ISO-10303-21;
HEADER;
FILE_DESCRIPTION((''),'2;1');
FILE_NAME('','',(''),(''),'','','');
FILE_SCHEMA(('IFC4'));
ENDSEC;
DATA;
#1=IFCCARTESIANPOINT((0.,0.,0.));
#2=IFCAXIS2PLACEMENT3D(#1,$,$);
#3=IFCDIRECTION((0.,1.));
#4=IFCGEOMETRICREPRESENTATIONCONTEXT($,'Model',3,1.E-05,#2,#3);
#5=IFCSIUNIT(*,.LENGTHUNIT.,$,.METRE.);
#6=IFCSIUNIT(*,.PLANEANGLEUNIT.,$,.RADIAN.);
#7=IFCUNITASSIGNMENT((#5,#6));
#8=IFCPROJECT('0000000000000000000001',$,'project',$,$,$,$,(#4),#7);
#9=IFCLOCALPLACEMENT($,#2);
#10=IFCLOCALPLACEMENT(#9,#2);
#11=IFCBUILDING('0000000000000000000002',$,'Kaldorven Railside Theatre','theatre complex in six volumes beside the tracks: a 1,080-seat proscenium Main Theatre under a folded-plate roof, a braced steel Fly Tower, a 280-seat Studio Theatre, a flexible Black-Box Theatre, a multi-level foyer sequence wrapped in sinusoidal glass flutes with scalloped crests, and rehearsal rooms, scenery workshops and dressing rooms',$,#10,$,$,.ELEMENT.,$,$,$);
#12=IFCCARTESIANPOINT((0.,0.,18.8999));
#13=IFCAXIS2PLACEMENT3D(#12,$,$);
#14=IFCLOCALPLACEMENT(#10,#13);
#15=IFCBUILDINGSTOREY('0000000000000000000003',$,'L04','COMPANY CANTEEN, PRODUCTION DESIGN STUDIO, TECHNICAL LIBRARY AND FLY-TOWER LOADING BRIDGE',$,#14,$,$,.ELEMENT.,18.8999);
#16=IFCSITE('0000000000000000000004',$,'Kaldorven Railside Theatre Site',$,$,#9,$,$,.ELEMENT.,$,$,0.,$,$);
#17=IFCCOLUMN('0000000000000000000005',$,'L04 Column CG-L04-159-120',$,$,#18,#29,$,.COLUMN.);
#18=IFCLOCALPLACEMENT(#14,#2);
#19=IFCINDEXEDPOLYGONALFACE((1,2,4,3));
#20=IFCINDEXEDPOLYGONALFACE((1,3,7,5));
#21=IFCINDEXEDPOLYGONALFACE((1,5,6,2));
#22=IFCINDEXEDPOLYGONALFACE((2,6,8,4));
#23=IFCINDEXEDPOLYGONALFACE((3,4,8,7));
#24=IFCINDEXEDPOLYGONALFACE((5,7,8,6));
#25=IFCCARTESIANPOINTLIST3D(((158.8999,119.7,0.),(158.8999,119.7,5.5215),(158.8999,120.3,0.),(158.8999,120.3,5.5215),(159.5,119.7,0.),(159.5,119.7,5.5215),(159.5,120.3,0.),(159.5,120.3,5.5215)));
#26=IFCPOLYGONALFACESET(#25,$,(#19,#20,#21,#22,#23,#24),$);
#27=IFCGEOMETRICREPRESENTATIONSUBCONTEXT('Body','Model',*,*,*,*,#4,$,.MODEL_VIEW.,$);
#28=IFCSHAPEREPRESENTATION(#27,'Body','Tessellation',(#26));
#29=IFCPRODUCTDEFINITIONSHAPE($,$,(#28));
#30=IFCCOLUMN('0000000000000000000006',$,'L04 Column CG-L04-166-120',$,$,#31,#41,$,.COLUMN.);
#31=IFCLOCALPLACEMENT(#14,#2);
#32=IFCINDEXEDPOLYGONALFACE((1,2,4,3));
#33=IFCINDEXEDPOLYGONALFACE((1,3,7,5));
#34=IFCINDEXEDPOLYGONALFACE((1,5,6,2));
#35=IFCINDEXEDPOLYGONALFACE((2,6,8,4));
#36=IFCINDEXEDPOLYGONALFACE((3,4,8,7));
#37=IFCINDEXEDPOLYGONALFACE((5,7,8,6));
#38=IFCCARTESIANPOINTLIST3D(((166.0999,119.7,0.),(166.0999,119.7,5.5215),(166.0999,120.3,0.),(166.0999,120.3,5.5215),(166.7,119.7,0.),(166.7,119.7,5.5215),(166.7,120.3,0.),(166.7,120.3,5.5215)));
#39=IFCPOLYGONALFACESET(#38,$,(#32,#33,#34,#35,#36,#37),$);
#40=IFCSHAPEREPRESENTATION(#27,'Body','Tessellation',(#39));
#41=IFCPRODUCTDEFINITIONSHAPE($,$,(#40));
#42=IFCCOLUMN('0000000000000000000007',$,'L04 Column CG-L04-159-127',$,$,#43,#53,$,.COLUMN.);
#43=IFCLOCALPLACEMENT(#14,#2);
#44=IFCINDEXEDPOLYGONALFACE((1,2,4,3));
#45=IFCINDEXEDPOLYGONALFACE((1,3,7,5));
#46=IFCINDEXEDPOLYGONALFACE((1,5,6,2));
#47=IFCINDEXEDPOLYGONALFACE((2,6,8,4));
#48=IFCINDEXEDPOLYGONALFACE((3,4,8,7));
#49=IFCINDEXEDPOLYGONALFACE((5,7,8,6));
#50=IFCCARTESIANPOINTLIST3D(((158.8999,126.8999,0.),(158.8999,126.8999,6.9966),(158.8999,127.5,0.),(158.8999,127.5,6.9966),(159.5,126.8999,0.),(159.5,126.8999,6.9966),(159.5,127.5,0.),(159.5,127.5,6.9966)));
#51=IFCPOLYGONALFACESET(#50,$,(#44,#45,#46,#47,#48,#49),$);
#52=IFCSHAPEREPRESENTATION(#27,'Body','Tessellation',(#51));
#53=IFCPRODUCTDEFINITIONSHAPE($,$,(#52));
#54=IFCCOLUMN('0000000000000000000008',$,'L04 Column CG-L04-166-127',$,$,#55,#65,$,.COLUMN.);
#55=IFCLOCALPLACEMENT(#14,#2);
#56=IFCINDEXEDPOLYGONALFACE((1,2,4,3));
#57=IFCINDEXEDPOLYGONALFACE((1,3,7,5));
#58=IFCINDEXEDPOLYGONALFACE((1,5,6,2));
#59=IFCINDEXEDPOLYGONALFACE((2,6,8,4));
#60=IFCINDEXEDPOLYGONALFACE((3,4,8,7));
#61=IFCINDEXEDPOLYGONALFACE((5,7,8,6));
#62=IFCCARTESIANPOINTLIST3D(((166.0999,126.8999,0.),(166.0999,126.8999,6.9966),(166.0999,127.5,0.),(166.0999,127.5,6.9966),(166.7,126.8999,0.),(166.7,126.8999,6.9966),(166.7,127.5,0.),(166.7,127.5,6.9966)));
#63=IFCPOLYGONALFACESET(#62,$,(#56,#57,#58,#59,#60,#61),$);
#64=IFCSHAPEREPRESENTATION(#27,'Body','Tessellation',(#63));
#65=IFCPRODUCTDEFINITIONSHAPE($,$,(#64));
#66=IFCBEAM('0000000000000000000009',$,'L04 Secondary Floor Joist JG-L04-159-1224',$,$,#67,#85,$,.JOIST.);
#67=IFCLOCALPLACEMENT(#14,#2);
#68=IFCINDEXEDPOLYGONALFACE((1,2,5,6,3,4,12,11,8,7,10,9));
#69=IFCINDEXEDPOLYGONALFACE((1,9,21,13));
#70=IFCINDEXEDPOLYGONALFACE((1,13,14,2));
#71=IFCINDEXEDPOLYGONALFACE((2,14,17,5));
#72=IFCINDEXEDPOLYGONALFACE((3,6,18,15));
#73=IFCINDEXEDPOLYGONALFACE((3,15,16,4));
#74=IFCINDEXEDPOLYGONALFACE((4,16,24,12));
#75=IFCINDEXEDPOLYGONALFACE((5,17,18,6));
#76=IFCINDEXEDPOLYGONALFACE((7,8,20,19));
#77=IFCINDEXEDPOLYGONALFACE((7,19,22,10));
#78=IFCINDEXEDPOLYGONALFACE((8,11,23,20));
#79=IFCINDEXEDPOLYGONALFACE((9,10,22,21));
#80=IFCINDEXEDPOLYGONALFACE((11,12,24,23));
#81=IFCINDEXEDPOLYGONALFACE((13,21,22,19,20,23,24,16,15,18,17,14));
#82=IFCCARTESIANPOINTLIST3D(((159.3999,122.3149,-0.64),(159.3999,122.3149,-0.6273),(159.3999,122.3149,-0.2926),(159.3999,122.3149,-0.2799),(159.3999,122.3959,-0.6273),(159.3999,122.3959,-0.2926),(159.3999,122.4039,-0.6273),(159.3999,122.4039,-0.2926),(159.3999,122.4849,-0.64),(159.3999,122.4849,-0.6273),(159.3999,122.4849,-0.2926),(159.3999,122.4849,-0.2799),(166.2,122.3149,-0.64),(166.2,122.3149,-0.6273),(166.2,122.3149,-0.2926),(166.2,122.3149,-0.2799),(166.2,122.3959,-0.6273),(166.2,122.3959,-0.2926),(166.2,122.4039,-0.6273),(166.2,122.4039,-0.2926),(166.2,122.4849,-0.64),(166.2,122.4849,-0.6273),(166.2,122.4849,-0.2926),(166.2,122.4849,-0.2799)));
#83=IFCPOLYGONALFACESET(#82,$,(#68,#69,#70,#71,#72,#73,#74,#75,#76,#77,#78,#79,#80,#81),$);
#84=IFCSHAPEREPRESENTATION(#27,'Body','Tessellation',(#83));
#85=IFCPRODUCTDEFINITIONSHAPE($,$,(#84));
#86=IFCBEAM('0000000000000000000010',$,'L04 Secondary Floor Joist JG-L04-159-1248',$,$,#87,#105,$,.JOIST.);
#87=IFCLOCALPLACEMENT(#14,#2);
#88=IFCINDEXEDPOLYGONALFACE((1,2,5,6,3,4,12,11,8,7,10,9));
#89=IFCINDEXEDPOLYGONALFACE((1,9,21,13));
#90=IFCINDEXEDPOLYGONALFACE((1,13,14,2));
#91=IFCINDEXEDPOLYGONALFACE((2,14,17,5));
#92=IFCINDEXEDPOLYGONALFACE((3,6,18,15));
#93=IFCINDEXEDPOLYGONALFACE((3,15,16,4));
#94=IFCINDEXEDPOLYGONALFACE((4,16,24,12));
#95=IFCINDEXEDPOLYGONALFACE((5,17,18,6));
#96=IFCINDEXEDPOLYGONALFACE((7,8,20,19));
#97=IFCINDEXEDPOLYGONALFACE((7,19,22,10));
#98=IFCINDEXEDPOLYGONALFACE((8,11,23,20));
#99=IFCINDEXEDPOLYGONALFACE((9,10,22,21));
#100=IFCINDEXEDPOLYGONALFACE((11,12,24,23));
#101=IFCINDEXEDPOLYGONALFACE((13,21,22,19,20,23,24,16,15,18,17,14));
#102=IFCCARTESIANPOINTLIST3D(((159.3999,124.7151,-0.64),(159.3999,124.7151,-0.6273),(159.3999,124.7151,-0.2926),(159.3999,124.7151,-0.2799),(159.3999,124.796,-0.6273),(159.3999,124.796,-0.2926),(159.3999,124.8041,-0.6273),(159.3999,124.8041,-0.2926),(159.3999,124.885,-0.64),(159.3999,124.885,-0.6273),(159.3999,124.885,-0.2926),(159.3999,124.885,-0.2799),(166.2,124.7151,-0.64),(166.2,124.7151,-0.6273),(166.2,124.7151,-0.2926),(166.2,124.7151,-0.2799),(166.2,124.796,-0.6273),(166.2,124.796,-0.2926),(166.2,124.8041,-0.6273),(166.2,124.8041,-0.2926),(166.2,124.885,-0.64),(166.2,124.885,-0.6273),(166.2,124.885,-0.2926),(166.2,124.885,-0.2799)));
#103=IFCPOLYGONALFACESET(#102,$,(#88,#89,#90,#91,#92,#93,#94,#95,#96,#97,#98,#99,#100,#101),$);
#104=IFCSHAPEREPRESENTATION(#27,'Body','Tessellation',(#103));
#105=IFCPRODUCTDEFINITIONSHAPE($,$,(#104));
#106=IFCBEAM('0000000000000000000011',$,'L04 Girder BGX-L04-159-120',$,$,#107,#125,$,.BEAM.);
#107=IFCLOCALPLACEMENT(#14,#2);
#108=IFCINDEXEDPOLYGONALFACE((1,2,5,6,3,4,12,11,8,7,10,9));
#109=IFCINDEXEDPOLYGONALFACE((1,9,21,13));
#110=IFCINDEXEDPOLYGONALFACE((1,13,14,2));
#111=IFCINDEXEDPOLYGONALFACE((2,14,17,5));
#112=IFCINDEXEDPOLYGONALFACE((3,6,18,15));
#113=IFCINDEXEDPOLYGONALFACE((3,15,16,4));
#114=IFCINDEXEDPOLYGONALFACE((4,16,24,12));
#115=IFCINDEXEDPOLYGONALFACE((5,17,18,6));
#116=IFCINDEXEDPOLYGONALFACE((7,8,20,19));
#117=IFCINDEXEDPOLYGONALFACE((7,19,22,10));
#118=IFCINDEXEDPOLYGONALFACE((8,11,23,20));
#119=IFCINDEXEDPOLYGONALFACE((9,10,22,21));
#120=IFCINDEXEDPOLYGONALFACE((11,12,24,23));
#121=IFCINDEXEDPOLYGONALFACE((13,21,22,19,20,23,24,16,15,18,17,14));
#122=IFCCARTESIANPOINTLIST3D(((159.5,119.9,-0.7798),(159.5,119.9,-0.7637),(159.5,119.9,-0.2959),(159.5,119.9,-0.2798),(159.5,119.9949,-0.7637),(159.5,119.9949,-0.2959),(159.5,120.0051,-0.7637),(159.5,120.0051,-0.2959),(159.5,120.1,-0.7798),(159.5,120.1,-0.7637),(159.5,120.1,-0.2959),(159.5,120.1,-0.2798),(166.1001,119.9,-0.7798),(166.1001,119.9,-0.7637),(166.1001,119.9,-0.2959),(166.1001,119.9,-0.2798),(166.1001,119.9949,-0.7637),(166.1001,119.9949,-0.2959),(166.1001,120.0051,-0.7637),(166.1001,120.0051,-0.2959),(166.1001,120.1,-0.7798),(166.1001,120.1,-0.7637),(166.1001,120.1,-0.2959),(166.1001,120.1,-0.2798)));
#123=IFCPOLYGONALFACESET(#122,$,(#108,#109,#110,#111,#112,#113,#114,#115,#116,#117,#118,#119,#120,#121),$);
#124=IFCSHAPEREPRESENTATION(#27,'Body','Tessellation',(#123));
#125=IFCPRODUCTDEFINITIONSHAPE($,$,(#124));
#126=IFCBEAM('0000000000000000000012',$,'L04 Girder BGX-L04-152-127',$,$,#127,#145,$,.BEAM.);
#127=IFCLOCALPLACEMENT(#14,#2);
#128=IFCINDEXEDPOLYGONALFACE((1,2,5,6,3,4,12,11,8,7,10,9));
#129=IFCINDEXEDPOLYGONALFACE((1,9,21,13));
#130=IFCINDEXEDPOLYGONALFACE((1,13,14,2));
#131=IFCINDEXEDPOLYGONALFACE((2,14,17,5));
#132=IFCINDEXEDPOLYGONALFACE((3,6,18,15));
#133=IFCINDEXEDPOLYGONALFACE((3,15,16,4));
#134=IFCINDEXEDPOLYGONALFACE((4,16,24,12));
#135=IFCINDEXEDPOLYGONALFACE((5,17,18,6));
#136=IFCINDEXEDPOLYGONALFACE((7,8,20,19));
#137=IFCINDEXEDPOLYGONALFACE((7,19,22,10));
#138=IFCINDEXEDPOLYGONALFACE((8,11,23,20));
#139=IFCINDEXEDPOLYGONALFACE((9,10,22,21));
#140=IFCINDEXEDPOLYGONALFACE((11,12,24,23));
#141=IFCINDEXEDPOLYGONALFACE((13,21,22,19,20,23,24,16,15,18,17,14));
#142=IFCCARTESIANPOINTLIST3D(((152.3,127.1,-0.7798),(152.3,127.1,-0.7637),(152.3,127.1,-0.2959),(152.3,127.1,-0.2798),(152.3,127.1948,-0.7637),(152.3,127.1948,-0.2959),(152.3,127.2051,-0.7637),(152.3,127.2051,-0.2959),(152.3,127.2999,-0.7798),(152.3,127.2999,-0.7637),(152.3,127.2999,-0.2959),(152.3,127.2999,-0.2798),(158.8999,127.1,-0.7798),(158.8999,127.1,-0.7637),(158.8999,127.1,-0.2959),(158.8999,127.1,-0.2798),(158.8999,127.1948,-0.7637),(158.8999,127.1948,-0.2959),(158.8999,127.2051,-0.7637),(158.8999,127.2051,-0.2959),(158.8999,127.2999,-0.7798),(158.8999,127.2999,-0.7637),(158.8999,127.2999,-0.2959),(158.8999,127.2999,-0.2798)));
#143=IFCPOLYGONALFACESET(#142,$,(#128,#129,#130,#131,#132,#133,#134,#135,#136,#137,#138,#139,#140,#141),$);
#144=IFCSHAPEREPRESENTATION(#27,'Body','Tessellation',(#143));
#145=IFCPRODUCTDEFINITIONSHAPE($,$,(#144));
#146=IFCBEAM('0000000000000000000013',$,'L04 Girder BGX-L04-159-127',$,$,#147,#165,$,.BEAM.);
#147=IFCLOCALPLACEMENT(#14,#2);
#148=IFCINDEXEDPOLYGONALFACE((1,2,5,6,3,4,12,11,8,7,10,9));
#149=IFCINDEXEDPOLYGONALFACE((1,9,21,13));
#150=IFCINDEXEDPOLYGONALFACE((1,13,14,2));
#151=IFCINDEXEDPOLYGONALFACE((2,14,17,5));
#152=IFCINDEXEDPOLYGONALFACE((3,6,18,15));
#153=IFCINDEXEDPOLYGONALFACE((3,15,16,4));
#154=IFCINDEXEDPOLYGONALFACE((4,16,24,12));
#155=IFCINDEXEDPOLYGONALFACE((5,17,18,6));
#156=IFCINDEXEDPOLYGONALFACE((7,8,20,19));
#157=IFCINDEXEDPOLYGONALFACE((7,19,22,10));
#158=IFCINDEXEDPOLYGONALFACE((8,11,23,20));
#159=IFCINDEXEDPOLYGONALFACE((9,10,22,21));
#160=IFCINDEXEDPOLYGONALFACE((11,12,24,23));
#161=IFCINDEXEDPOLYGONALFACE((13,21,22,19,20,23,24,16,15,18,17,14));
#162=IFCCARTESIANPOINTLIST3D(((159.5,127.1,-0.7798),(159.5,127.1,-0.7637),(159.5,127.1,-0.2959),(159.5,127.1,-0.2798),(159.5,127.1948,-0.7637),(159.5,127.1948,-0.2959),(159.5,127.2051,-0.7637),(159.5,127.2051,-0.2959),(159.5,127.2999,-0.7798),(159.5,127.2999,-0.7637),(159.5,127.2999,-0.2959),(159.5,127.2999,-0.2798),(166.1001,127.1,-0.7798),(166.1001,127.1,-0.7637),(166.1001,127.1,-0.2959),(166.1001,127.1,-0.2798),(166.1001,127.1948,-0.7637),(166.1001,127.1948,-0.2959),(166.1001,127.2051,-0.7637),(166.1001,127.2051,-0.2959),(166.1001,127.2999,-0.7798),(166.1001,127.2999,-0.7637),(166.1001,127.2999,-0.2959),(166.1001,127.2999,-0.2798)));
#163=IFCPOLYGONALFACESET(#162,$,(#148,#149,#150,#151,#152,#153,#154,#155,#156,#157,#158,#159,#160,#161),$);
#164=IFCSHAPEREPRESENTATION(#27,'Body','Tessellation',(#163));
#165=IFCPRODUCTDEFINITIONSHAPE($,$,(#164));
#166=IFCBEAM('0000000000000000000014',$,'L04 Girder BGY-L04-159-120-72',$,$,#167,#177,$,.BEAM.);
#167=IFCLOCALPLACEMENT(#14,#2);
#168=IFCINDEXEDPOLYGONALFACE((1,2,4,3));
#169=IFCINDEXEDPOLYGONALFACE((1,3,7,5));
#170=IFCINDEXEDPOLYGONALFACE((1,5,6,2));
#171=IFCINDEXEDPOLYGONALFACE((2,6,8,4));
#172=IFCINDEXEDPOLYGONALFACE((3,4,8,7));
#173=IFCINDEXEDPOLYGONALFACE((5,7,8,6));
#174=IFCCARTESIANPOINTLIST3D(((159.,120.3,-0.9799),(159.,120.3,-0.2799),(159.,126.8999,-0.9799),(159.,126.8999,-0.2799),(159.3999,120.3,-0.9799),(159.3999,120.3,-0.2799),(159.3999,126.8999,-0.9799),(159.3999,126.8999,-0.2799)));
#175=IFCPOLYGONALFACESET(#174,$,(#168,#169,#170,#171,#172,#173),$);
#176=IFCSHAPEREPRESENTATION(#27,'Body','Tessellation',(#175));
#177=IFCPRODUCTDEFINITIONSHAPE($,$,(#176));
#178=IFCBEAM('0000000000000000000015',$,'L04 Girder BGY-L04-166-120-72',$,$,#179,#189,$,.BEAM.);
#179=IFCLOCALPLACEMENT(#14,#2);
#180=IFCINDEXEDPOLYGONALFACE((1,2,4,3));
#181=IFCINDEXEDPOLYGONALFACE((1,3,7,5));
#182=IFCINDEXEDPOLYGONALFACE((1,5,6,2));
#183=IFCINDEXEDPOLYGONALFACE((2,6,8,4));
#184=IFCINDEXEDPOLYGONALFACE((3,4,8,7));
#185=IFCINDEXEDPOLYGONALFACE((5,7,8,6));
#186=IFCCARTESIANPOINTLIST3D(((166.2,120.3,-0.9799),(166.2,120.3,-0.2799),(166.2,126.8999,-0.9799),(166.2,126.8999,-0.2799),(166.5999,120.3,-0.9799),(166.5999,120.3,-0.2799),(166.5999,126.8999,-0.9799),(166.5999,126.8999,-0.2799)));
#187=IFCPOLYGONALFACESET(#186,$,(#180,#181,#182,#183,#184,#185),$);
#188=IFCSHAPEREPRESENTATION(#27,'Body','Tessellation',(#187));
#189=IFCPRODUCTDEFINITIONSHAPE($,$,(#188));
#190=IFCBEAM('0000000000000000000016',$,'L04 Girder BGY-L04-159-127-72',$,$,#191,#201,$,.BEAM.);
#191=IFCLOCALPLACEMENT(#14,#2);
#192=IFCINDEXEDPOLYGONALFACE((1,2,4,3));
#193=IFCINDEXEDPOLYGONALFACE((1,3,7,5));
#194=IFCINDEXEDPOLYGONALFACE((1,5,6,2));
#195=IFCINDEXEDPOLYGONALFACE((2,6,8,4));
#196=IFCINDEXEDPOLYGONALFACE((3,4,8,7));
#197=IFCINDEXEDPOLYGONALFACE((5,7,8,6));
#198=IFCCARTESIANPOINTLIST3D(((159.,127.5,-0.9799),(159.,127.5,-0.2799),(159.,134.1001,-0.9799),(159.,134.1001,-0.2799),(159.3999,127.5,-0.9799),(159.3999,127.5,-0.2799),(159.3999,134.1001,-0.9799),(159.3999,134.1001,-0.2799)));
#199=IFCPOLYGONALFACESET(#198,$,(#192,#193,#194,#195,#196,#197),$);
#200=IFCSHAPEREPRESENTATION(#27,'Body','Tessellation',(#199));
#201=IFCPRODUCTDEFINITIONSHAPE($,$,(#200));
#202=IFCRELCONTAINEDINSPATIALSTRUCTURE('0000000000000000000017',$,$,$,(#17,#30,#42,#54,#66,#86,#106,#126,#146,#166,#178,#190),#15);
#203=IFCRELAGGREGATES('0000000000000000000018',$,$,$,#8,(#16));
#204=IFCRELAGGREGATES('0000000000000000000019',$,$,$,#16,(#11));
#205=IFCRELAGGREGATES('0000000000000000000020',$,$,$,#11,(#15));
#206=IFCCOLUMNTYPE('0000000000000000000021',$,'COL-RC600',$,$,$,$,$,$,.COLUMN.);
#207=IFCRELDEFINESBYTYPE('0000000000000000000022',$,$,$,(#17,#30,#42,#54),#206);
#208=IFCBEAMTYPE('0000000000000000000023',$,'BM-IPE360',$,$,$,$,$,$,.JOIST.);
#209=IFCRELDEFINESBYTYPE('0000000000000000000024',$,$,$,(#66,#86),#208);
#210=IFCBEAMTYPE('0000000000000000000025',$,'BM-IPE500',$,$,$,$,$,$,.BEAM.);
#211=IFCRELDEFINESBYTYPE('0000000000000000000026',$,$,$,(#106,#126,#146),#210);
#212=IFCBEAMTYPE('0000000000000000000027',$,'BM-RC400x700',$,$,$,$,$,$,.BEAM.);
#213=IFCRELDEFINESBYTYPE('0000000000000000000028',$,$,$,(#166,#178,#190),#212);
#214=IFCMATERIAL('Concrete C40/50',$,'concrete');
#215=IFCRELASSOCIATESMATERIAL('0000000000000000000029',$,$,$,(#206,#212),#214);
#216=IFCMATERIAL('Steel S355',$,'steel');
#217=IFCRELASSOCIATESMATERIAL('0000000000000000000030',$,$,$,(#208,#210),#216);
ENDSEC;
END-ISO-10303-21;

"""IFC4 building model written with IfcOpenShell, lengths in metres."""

from ifc_helpers import new_model, si_unit, direction, frame, origin, origin_2d, place, context, subcontext, project, spatial, rectangle, i_section, extrude, material, material_profile, profile_set, type_object, element, save


model = new_model("IFC4")

# Units and contexts
model_context = context("Model", 3, precision=1e-05, world=origin(), true_north=direction((0.0, 1.0)))
body_context = subcontext(model_context, "Body", "Model", "MODEL_VIEW")
ifc_project = project(units=[si_unit("LENGTHUNIT", "METRE"), si_unit("PLANEANGLEUNIT", "RADIAN")], contexts=[model_context])

# Site, building, storey
site_placement = place(None, origin())
site = spatial("IfcSite", under=ifc_project, at=site_placement, Name="Kaldorven Railside Theatre Site", CompositionType="ELEMENT", RefElevation=0.0)
building_placement = place(site_placement, origin())
building = spatial("IfcBuilding", under=site, at=building_placement, Name="Kaldorven Railside Theatre", Description="theatre complex in six volumes beside the tracks: a 1,080-seat proscenium Main Theatre under a folded-plate roof, a braced steel Fly Tower, a 280-seat Studio Theatre, a flexible Black-Box Theatre, a multi-level foyer sequence wrapped in sinusoidal glass flutes with scalloped crests, and rehearsal rooms, scenery workshops and dressing rooms", CompositionType="ELEMENT")
storey_placement = place(building_placement, frame((0.0, 0.0, 18.8999)))
storey = spatial("IfcBuildingStorey", under=building, at=storey_placement, Name="L04", Description="COMPANY CANTEEN, PRODUCTION DESIGN STUDIO, TECHNICAL LIBRARY AND FLY-TOWER LOADING BRIDGE", CompositionType="ELEMENT", Elevation=18.8999)

# Columns
ifc_material_1 = material(Name="Concrete C40/50", Category="concrete")
ifc_material_profile_1 = material_profile(ifc_material_1, rectangle(XDim=0.6001, YDim=0.6001, at=origin_2d()), Name="RC 600x600")
ifc_profile_set_1 = profile_set([ifc_material_profile_1], Name="Concrete C40/50")
column_type = type_object("IfcColumnType", Name="COL-RC600", PredefinedType="COLUMN", material=ifc_profile_set_1)
for number, where, z_axis, x_axis, name in (
    (1, (159.2, 120.0, 0.0), (0.0, 0.0, 1.0), (0.0, 1.0, 0.0), "L04 Column CG-L04-159-120"),
    (2, (166.3999, 120.0, 0.0), (0.0, 0.0, 1.0), (1.0, 0.0, 0.0), "L04 Column CG-L04-166-120"),
):
    element("IfcColumn", number, at=place(storey_placement, frame(where, z_axis=z_axis, x_axis=x_axis)), inside=storey, type_object=column_type, Name=name, PredefinedType="COLUMN", context=body_context, shape_type="SweptSolid", body=[
        extrude(rectangle(XDim=0.6001, YDim=0.6001, at=origin_2d()), origin(), (0.0, 0.0, 1.0), 5.5215),
    ])
for number, where, z_axis, x_axis, name in (
    (3, (159.2, 127.2, 0.0), (0.0, 0.0, 1.0), (1.0, 0.0, 0.0), "L04 Column CG-L04-159-127"),
    (4, (166.3999, 127.2, 0.0), (0.0, 0.0, 1.0), (0.0, 1.0, 0.0), "L04 Column CG-L04-166-127"),
):
    element("IfcColumn", number, at=place(storey_placement, frame(where, z_axis=z_axis, x_axis=x_axis)), inside=storey, type_object=column_type, Name=name, PredefinedType="COLUMN", context=body_context, shape_type="SweptSolid", body=[
        extrude(rectangle(XDim=0.6001, YDim=0.6001, at=origin_2d()), origin(), (0.0, 0.0, 1.0), 6.9966),
    ])

# Beams
ifc_material_2 = material(Name="Steel S355", Category="steel")
ifc_material_profile_2 = material_profile(ifc_material_2, i_section(OverallWidth=0.1699, OverallDepth=0.3601, WebThickness=0.0081, FlangeThickness=0.0127, at=origin_2d()), Name="IPE 360")
ifc_profile_set_2 = profile_set([ifc_material_profile_2], Name="Steel S355")
beam_type_1 = type_object("IfcBeamType", Name="BM-IPE360", PredefinedType="JOIST", material=ifc_profile_set_2)
for number, where, z_axis, x_axis, name in (
    (5, (159.3999, 122.3999, -0.46), (1.0, 0.0, 0.0), (0.0, 1.0, 0.0), "L04 Secondary Floor Joist JG-L04-159-1224"),
    (6, (159.3999, 124.8, -0.46), (1.0, 0.0, 0.0), (0.0, 1.0, 0.0), "L04 Secondary Floor Joist JG-L04-159-1248"),
):
    element("IfcBeam", number, at=place(storey_placement, frame(where, z_axis=z_axis, x_axis=x_axis)), inside=storey, type_object=beam_type_1, Name=name, PredefinedType="JOIST", context=body_context, shape_type="SweptSolid", body=[
        extrude(i_section(OverallWidth=0.1699, OverallDepth=0.3601, WebThickness=0.0081, FlangeThickness=0.0127, at=origin_2d()), origin(), (0.0, 0.0, 1.0), 6.8),
    ])
ifc_material_profile_3 = material_profile(ifc_material_2, i_section(OverallWidth=0.2, OverallDepth=0.5, WebThickness=0.0103, FlangeThickness=0.0161, at=origin_2d()), Name="IPE 500")
ifc_profile_set_3 = profile_set([ifc_material_profile_3], Name="Steel S355")
beam_type_2 = type_object("IfcBeamType", Name="BM-IPE500", PredefinedType="BEAM", material=ifc_profile_set_3)
beam_1_placement = place(storey_placement, frame((159.5, 120.0, -0.5298), z_axis=(1.0, 0.0, 0.0), x_axis=(0.0, 1.0, 0.0)))
element("IfcBeam", 7, at=beam_1_placement, inside=storey, type_object=beam_type_2, Name="L04 Girder BGX-L04-159-120", PredefinedType="BEAM", context=body_context, shape_type="SweptSolid", body=[
    extrude(i_section(OverallWidth=0.2, OverallDepth=0.5, WebThickness=0.0103, FlangeThickness=0.0161, at=origin_2d()), origin(), (0.0, 0.0, 1.0), 6.6001),
])
beam_2_placement = place(storey_placement, frame((152.3, 127.2, -0.5298), z_axis=(1.0, 0.0, 0.0), x_axis=(0.0, 1.0, 0.0)))
element("IfcBeam", 8, at=beam_2_placement, inside=storey, type_object=beam_type_2, Name="L04 Girder BGX-L04-152-127", PredefinedType="BEAM", context=body_context, shape_type="SweptSolid", body=[
    extrude(i_section(OverallWidth=0.2, OverallDepth=0.5, WebThickness=0.0103, FlangeThickness=0.0161, at=origin_2d()), origin(), (0.0, 0.0, 1.0), 6.5999),
])
beam_3_placement = place(storey_placement, frame((159.5, 127.2, -0.5298), z_axis=(1.0, 0.0, 0.0), x_axis=(0.0, 1.0, 0.0)))
element("IfcBeam", 9, at=beam_3_placement, inside=storey, type_object=beam_type_2, Name="L04 Girder BGX-L04-159-127", PredefinedType="BEAM", context=body_context, shape_type="SweptSolid", body=[
    extrude(i_section(OverallWidth=0.2, OverallDepth=0.5, WebThickness=0.0103, FlangeThickness=0.0161, at=origin_2d()), origin(), (0.0, 0.0, 1.0), 6.6001),
])
ifc_material_profile_4 = material_profile(ifc_material_1, rectangle(XDim=0.3999, YDim=0.7, at=origin_2d()), Name="RC 400x700")
ifc_profile_set_4 = profile_set([ifc_material_profile_4], Name="Concrete C40/50")
beam_type_3 = type_object("IfcBeamType", Name="BM-RC400x700", PredefinedType="BEAM", material=ifc_profile_set_4)
for number, where, z_axis, x_axis, name in (
    (10, (159.2, 120.3, -0.6299), (0.0, 1.0, 0.0), (-1.0, 0.0, 0.0), "L04 Girder BGY-L04-159-120-72"),
    (11, (166.3999, 120.3, -0.6299), (0.0, 1.0, 0.0), (-1.0, 0.0, 0.0), "L04 Girder BGY-L04-166-120-72"),
):
    element("IfcBeam", number, at=place(storey_placement, frame(where, z_axis=z_axis, x_axis=x_axis)), inside=storey, type_object=beam_type_3, Name=name, PredefinedType="BEAM", context=body_context, shape_type="SweptSolid", body=[
        extrude(rectangle(XDim=0.3999, YDim=0.7, at=origin_2d()), origin(), (0.0, 0.0, 1.0), 6.5999),
    ])
for number, where, z_axis, x_axis, name in (
    (12, (159.2, 127.5, -0.6299), (0.0, 1.0, 0.0), (-1.0, 0.0, 0.0), "L04 Girder BGY-L04-159-127-72"),
):
    element("IfcBeam", number, at=place(storey_placement, frame(where, z_axis=z_axis, x_axis=x_axis)), inside=storey, type_object=beam_type_3, Name=name, PredefinedType="BEAM", context=body_context, shape_type="SweptSolid", body=[
        extrude(rectangle(XDim=0.3999, YDim=0.7, at=origin_2d()), origin(), (0.0, 0.0, 1.0), 6.6001),
    ])

save(model, "model.ifc")
